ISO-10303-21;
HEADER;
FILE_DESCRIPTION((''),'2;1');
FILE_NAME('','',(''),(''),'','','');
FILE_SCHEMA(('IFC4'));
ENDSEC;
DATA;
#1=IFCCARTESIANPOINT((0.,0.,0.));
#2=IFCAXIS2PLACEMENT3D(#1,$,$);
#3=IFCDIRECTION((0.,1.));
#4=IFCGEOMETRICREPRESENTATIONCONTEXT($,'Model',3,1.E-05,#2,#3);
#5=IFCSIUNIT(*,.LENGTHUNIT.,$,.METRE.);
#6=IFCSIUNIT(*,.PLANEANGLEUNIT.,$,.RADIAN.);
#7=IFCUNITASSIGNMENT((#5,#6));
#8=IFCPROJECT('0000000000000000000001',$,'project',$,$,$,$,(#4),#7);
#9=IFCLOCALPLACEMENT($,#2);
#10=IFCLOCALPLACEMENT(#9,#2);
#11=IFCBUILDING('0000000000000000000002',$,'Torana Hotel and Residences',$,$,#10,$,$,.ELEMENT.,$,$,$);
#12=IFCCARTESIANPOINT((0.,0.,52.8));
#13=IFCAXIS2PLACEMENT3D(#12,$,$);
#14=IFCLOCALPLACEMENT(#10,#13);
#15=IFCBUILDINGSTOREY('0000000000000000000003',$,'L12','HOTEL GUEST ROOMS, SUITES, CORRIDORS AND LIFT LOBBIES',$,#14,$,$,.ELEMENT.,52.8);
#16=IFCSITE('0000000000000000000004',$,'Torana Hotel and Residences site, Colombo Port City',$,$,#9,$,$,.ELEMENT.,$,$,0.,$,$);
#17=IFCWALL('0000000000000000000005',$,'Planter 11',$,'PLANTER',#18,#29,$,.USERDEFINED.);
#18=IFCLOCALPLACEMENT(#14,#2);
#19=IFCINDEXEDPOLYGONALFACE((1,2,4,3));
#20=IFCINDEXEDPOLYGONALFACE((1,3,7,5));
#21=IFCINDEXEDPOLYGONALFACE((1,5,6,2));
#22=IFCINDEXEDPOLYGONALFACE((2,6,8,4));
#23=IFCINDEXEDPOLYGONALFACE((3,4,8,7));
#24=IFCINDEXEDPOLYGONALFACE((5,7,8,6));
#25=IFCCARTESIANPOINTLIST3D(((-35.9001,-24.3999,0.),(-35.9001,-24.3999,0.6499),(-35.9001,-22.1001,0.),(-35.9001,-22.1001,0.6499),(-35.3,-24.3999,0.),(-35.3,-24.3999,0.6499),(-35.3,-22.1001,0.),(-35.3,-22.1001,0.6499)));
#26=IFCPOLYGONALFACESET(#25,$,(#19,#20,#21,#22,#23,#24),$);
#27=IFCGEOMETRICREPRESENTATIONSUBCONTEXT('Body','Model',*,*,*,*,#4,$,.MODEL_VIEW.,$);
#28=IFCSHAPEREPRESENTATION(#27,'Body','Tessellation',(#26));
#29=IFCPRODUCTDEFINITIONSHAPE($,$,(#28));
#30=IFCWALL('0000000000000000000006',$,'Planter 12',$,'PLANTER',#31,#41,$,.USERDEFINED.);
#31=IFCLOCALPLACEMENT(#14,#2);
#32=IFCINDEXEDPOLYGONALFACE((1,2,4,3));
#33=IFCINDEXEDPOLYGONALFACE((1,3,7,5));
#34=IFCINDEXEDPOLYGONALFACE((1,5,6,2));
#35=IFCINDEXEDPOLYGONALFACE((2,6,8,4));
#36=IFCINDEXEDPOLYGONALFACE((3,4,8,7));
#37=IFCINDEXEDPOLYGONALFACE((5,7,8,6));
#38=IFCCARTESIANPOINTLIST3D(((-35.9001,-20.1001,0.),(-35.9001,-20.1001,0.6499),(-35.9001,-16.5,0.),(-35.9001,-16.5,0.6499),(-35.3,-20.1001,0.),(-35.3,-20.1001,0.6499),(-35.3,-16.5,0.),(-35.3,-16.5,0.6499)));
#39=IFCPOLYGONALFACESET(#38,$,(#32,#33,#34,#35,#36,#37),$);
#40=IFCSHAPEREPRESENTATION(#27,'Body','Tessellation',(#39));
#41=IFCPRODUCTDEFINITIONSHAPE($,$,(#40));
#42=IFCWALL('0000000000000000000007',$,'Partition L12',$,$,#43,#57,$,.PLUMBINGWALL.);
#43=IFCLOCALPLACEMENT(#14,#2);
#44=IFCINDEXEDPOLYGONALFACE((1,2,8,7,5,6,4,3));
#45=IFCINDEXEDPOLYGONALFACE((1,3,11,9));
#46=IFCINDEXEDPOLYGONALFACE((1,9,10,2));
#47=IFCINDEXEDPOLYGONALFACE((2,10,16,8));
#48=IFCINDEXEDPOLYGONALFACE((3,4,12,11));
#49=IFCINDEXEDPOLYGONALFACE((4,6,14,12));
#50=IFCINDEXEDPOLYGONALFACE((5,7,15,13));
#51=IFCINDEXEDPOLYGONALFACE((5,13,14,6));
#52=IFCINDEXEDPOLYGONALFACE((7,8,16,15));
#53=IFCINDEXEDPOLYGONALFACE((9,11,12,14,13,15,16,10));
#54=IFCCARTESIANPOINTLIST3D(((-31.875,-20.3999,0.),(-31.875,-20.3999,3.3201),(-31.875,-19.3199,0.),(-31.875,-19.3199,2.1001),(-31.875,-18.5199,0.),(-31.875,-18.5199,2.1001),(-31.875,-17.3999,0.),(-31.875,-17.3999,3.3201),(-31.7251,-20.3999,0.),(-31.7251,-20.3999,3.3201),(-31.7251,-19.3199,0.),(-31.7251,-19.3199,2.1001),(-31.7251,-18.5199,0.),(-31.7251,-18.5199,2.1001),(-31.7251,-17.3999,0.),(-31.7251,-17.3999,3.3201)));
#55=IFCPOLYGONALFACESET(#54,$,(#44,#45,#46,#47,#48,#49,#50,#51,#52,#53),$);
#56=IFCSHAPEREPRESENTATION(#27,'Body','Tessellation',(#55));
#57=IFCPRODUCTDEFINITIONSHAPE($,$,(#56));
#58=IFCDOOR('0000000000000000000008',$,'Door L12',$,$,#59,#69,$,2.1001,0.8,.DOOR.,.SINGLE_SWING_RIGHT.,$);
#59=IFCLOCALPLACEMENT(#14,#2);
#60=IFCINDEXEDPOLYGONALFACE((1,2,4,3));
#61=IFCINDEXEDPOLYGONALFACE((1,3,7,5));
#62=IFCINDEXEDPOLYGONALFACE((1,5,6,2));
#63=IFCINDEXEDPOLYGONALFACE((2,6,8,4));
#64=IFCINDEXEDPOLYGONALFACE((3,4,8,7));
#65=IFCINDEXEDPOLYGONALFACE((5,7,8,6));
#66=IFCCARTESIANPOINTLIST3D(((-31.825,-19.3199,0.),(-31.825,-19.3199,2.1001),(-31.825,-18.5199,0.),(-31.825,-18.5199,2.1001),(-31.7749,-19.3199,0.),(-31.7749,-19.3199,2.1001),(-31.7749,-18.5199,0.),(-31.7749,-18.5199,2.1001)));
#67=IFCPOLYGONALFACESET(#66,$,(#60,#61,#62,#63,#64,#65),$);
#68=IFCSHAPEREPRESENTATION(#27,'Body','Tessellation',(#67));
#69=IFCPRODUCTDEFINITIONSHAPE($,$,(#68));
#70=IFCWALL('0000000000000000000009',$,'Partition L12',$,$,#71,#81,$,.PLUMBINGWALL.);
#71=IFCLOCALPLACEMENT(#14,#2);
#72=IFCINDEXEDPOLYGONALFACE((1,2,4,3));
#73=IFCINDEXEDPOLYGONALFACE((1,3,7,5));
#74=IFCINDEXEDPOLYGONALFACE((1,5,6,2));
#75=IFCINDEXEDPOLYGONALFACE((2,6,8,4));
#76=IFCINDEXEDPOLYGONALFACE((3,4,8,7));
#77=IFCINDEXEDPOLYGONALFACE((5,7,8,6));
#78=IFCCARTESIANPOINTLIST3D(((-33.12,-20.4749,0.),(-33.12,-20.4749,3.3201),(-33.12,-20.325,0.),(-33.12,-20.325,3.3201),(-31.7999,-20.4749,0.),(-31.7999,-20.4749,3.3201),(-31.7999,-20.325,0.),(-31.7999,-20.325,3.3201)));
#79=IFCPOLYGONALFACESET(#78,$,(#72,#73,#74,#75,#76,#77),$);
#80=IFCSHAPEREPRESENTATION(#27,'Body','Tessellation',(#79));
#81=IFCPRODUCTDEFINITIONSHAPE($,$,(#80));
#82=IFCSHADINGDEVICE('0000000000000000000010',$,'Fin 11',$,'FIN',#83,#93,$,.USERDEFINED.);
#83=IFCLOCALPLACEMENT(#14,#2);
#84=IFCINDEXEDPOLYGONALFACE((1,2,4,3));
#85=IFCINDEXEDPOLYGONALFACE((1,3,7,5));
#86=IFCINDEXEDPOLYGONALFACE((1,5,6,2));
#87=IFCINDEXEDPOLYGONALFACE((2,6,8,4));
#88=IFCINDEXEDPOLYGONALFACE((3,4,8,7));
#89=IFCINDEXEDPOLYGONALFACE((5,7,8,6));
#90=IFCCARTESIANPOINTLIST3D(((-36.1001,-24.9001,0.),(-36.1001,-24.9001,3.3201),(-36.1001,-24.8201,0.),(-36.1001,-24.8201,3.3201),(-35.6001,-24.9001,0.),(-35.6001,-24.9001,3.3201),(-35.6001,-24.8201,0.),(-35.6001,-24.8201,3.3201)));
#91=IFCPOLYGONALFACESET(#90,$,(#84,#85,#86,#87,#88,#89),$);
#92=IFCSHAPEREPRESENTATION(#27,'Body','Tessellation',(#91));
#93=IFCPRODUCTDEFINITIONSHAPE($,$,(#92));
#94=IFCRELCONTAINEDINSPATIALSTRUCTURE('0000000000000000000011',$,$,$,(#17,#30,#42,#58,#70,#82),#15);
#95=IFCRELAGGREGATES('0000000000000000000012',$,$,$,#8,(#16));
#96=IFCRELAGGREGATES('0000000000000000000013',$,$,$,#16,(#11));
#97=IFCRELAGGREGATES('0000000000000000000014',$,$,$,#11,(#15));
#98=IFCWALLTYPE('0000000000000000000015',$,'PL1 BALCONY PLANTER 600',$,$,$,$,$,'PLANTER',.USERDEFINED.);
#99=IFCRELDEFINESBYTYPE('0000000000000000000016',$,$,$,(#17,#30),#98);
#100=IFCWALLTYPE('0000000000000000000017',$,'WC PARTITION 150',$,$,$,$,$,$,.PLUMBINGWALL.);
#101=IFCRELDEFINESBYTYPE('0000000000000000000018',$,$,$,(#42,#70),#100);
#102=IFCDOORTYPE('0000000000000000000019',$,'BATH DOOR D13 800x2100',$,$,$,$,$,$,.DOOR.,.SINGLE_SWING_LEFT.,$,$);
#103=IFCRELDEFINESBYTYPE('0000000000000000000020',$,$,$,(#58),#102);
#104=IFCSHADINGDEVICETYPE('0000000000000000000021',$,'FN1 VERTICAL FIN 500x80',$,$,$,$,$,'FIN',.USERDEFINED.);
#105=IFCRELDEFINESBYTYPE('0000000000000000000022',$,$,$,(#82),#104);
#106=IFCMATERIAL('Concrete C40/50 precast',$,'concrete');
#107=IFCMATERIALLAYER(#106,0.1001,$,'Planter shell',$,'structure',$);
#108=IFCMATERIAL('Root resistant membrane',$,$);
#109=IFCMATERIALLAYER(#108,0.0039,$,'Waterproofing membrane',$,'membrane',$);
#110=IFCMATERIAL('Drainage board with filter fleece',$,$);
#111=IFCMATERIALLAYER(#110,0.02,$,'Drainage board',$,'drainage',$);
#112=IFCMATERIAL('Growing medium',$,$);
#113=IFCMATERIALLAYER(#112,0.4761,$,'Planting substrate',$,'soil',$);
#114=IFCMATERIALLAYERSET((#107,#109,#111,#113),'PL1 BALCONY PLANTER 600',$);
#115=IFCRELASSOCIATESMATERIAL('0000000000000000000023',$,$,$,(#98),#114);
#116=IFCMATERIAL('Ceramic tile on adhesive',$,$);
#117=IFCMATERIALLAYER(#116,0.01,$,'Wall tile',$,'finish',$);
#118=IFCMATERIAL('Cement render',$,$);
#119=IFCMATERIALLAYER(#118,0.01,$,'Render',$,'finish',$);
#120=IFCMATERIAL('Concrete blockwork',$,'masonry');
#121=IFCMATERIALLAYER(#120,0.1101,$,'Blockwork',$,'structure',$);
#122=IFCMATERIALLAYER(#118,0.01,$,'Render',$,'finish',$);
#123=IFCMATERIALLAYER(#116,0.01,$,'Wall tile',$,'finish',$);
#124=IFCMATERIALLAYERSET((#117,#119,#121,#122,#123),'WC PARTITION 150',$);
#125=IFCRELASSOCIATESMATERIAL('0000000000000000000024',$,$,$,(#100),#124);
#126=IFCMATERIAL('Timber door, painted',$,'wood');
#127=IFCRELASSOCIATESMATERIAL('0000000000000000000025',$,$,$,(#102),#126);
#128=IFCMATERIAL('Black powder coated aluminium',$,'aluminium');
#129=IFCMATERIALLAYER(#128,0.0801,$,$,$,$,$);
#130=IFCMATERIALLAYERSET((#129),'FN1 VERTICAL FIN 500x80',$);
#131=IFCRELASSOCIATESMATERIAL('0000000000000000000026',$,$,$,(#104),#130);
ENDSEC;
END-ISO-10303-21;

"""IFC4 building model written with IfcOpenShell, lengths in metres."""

from ifc_helpers import new_model, si_unit, direction, frame, frame_2d, origin, origin_2d, place, context, subcontext, project, spatial, rectangle, extrude, material, layer, layer_set, type_object, element, fill, save


model = new_model("IFC4")

# Units and contexts
model_context = context("Model", 3, precision=1e-05, world=origin(), true_north=direction((0.0, 1.0)))
body_context = subcontext(model_context, "Body", "Model", "MODEL_VIEW")
ifc_project = project(units=[si_unit("LENGTHUNIT", "METRE"), si_unit("PLANEANGLEUNIT", "RADIAN")], contexts=[model_context])

# Site, building, storey
site_placement = place(None, origin())
site = spatial("IfcSite", under=ifc_project, at=site_placement, Name="Torana Hotel and Residences site, Colombo Port City", CompositionType="ELEMENT", RefElevation=0.0)
building_placement = place(site_placement, origin())
building = spatial("IfcBuilding", under=site, at=building_placement, Name="Torana Hotel and Residences", CompositionType="ELEMENT")
storey_placement = place(building_placement, frame((0.0, 0.0, 52.8)))
storey = spatial("IfcBuildingStorey", under=building, at=storey_placement, Name="L12", Description="HOTEL GUEST ROOMS, SUITES, CORRIDORS AND LIFT LOBBIES", CompositionType="ELEMENT", Elevation=52.8)

# Walls
ifc_material_1 = material(Name="Concrete C40/50 precast", Category="concrete")
ifc_layer_1 = layer(ifc_material_1, 0.1001, Name="Planter shell", Category="structure")
ifc_material_2 = material(Name="Root resistant membrane")
ifc_layer_2 = layer(ifc_material_2, 0.0039, Name="Waterproofing membrane", Category="membrane")
ifc_material_3 = material(Name="Drainage board with filter fleece")
ifc_layer_3 = layer(ifc_material_3, 0.02, Name="Drainage board", Category="drainage")
ifc_material_4 = material(Name="Growing medium")
ifc_layer_4 = layer(ifc_material_4, 0.4761, Name="Planting substrate", Category="soil")
ifc_layer_set_1 = layer_set([ifc_layer_1, ifc_layer_2, ifc_layer_3, ifc_layer_4], Name="PL1 BALCONY PLANTER 600")
wall_type_1 = type_object("IfcWallType", Name="PL1 BALCONY PLANTER 600", ElementType="PLANTER", PredefinedType="USERDEFINED", material=ifc_layer_set_1)
wall_1_placement = place(storey_placement, frame((-35.6001, -24.3999, 0.0), z_axis=(0.0, 0.0, 1.0), x_axis=(0.0, 1.0, 0.0)))
element("IfcWall", 1, at=wall_1_placement, inside=storey, type_object=wall_type_1, Name="Planter 11", ObjectType="PLANTER", PredefinedType="USERDEFINED", context=body_context, shape_type="SweptSolid", body=[
    extrude(rectangle(XDim=2.2998, YDim=0.6001, at=frame_2d((1.1499, 0.0))), origin(), (0.0, 0.0, 1.0), 0.6499),
])
wall_2_placement = place(storey_placement, frame((-35.6001, -20.1001, 0.0), z_axis=(0.0, 0.0, 1.0), x_axis=(0.0, 1.0, 0.0)))
element("IfcWall", 2, at=wall_2_placement, inside=storey, type_object=wall_type_1, Name="Planter 12", ObjectType="PLANTER", PredefinedType="USERDEFINED", context=body_context, shape_type="SweptSolid", body=[
    extrude(rectangle(XDim=3.6001, YDim=0.6001, at=frame_2d((1.8, 0.0))), origin(), (0.0, 0.0, 1.0), 0.6499),
])

# Wall, opening, door
ifc_material_5 = material(Name="Ceramic tile on adhesive")
ifc_layer_5 = layer(ifc_material_5, 0.01, Name="Wall tile", Category="finish")
ifc_material_6 = material(Name="Cement render")
ifc_layer_6 = layer(ifc_material_6, 0.01, Name="Render", Category="finish")
ifc_material_7 = material(Name="Concrete blockwork", Category="masonry")
ifc_layer_7 = layer(ifc_material_7, 0.1101, Name="Blockwork", Category="structure")
ifc_layer_8 = layer(ifc_material_6, 0.01, Name="Render", Category="finish")
ifc_layer_9 = layer(ifc_material_5, 0.01, Name="Wall tile", Category="finish")
ifc_layer_set_2 = layer_set([ifc_layer_5, ifc_layer_6, ifc_layer_7, ifc_layer_8, ifc_layer_9], Name="WC PARTITION 150")
wall_type_2 = type_object("IfcWallType", Name="WC PARTITION 150", PredefinedType="PLUMBINGWALL", material=ifc_layer_set_2)
wall_3_placement = place(storey_placement, frame((-31.8, -20.3999, 0.0), z_axis=(0.0, 0.0, 1.0), x_axis=(0.0, 1.0, 0.0)))
wall_3 = element("IfcWall", 3, at=wall_3_placement, inside=storey, type_object=wall_type_2, Name="Partition L12", PredefinedType="PLUMBINGWALL", context=body_context, shape_type="SweptSolid", body=[
    extrude(rectangle(XDim=3.0, YDim=0.1499, at=frame_2d((1.5, 0.0))), origin(), (0.0, 0.0, 1.0), 3.3201),
])
opening_1_placement = place(wall_3_placement, frame((1.0801, 0.0, 0.0)))
opening_1 = element("IfcOpeningElement", 4, at=opening_1_placement, cuts=wall_3, PredefinedType="OPENING", context=body_context, shape_type="SweptSolid", body=[
    extrude(rectangle(XDim=0.8, YDim=2.1001, at=frame_2d((0.3999, 1.05))), frame((0.0, 0.085, 0.0), z_axis=(0.0, -1.0, 0.0), x_axis=(1.0, 0.0, 0.0)), (0.0, 0.0, 1.0), 0.1699),
])
ifc_material_8 = material(Name="Timber door, painted", Category="wood")
door_type_1 = type_object("IfcDoorType", Name="BATH DOOR D13 800x2100", OperationType="SINGLE_SWING_LEFT", PredefinedType="DOOR", material=ifc_material_8)
door_1_placement = place(opening_1_placement, origin())
door_1 = element("IfcDoor", 5, at=door_1_placement, inside=storey, type_object=door_type_1, Name="Door L12", OperationType="SINGLE_SWING_RIGHT", OverallHeight=2.1001, OverallWidth=0.8, PredefinedType="DOOR", context=body_context, shape_type="SweptSolid", body=[
    extrude(rectangle(XDim=0.8, YDim=2.1001, at=frame_2d((0.3999, 1.05))), frame((0.0, 0.0249, 0.0), z_axis=(0.0, -1.0, 0.0), x_axis=(1.0, 0.0, 0.0)), (0.0, 0.0, 1.0), 0.05),
])
fill(opening_1, door_1)

# Wall
wall_4_placement = place(storey_placement, frame((-33.1201, -20.3999, 0.0), z_axis=(0.0, 0.0, 1.0), x_axis=(1.0, 0.0, 0.0)))
element("IfcWall", 6, at=wall_4_placement, inside=storey, type_object=wall_type_2, Name="Partition L12", PredefinedType="PLUMBINGWALL", context=body_context, shape_type="SweptSolid", body=[
    extrude(rectangle(XDim=1.3201, YDim=0.1499, at=frame_2d((0.6602, 0.0))), origin(), (0.0, 0.0, 1.0), 3.3201),
])

# Shading device
ifc_material_9 = material(Name="Black powder coated aluminium", Category="aluminium")
ifc_layer_10 = layer(ifc_material_9, 0.0801)
ifc_layer_set_3 = layer_set([ifc_layer_10], Name="FN1 VERTICAL FIN 500x80")
shading_device_type = type_object("IfcShadingDeviceType", Name="FN1 VERTICAL FIN 500x80", ElementType="FIN", PredefinedType="USERDEFINED", material=ifc_layer_set_3)
shading_device_placement = place(storey_placement, frame((-35.8501, -24.8601, 0.0), z_axis=(0.0, 0.0, 1.0), x_axis=(0.0, 1.0, 0.0)))
element("IfcShadingDevice", 7, at=shading_device_placement, inside=storey, type_object=shading_device_type, Name="Fin 11", ObjectType="FIN", PredefinedType="USERDEFINED", context=body_context, shape_type="SweptSolid", body=[
    extrude(rectangle(XDim=0.0801, YDim=0.5, at=origin_2d()), origin(), (0.0, 0.0, 1.0), 3.3201),
])

save(model, "model.ifc")
